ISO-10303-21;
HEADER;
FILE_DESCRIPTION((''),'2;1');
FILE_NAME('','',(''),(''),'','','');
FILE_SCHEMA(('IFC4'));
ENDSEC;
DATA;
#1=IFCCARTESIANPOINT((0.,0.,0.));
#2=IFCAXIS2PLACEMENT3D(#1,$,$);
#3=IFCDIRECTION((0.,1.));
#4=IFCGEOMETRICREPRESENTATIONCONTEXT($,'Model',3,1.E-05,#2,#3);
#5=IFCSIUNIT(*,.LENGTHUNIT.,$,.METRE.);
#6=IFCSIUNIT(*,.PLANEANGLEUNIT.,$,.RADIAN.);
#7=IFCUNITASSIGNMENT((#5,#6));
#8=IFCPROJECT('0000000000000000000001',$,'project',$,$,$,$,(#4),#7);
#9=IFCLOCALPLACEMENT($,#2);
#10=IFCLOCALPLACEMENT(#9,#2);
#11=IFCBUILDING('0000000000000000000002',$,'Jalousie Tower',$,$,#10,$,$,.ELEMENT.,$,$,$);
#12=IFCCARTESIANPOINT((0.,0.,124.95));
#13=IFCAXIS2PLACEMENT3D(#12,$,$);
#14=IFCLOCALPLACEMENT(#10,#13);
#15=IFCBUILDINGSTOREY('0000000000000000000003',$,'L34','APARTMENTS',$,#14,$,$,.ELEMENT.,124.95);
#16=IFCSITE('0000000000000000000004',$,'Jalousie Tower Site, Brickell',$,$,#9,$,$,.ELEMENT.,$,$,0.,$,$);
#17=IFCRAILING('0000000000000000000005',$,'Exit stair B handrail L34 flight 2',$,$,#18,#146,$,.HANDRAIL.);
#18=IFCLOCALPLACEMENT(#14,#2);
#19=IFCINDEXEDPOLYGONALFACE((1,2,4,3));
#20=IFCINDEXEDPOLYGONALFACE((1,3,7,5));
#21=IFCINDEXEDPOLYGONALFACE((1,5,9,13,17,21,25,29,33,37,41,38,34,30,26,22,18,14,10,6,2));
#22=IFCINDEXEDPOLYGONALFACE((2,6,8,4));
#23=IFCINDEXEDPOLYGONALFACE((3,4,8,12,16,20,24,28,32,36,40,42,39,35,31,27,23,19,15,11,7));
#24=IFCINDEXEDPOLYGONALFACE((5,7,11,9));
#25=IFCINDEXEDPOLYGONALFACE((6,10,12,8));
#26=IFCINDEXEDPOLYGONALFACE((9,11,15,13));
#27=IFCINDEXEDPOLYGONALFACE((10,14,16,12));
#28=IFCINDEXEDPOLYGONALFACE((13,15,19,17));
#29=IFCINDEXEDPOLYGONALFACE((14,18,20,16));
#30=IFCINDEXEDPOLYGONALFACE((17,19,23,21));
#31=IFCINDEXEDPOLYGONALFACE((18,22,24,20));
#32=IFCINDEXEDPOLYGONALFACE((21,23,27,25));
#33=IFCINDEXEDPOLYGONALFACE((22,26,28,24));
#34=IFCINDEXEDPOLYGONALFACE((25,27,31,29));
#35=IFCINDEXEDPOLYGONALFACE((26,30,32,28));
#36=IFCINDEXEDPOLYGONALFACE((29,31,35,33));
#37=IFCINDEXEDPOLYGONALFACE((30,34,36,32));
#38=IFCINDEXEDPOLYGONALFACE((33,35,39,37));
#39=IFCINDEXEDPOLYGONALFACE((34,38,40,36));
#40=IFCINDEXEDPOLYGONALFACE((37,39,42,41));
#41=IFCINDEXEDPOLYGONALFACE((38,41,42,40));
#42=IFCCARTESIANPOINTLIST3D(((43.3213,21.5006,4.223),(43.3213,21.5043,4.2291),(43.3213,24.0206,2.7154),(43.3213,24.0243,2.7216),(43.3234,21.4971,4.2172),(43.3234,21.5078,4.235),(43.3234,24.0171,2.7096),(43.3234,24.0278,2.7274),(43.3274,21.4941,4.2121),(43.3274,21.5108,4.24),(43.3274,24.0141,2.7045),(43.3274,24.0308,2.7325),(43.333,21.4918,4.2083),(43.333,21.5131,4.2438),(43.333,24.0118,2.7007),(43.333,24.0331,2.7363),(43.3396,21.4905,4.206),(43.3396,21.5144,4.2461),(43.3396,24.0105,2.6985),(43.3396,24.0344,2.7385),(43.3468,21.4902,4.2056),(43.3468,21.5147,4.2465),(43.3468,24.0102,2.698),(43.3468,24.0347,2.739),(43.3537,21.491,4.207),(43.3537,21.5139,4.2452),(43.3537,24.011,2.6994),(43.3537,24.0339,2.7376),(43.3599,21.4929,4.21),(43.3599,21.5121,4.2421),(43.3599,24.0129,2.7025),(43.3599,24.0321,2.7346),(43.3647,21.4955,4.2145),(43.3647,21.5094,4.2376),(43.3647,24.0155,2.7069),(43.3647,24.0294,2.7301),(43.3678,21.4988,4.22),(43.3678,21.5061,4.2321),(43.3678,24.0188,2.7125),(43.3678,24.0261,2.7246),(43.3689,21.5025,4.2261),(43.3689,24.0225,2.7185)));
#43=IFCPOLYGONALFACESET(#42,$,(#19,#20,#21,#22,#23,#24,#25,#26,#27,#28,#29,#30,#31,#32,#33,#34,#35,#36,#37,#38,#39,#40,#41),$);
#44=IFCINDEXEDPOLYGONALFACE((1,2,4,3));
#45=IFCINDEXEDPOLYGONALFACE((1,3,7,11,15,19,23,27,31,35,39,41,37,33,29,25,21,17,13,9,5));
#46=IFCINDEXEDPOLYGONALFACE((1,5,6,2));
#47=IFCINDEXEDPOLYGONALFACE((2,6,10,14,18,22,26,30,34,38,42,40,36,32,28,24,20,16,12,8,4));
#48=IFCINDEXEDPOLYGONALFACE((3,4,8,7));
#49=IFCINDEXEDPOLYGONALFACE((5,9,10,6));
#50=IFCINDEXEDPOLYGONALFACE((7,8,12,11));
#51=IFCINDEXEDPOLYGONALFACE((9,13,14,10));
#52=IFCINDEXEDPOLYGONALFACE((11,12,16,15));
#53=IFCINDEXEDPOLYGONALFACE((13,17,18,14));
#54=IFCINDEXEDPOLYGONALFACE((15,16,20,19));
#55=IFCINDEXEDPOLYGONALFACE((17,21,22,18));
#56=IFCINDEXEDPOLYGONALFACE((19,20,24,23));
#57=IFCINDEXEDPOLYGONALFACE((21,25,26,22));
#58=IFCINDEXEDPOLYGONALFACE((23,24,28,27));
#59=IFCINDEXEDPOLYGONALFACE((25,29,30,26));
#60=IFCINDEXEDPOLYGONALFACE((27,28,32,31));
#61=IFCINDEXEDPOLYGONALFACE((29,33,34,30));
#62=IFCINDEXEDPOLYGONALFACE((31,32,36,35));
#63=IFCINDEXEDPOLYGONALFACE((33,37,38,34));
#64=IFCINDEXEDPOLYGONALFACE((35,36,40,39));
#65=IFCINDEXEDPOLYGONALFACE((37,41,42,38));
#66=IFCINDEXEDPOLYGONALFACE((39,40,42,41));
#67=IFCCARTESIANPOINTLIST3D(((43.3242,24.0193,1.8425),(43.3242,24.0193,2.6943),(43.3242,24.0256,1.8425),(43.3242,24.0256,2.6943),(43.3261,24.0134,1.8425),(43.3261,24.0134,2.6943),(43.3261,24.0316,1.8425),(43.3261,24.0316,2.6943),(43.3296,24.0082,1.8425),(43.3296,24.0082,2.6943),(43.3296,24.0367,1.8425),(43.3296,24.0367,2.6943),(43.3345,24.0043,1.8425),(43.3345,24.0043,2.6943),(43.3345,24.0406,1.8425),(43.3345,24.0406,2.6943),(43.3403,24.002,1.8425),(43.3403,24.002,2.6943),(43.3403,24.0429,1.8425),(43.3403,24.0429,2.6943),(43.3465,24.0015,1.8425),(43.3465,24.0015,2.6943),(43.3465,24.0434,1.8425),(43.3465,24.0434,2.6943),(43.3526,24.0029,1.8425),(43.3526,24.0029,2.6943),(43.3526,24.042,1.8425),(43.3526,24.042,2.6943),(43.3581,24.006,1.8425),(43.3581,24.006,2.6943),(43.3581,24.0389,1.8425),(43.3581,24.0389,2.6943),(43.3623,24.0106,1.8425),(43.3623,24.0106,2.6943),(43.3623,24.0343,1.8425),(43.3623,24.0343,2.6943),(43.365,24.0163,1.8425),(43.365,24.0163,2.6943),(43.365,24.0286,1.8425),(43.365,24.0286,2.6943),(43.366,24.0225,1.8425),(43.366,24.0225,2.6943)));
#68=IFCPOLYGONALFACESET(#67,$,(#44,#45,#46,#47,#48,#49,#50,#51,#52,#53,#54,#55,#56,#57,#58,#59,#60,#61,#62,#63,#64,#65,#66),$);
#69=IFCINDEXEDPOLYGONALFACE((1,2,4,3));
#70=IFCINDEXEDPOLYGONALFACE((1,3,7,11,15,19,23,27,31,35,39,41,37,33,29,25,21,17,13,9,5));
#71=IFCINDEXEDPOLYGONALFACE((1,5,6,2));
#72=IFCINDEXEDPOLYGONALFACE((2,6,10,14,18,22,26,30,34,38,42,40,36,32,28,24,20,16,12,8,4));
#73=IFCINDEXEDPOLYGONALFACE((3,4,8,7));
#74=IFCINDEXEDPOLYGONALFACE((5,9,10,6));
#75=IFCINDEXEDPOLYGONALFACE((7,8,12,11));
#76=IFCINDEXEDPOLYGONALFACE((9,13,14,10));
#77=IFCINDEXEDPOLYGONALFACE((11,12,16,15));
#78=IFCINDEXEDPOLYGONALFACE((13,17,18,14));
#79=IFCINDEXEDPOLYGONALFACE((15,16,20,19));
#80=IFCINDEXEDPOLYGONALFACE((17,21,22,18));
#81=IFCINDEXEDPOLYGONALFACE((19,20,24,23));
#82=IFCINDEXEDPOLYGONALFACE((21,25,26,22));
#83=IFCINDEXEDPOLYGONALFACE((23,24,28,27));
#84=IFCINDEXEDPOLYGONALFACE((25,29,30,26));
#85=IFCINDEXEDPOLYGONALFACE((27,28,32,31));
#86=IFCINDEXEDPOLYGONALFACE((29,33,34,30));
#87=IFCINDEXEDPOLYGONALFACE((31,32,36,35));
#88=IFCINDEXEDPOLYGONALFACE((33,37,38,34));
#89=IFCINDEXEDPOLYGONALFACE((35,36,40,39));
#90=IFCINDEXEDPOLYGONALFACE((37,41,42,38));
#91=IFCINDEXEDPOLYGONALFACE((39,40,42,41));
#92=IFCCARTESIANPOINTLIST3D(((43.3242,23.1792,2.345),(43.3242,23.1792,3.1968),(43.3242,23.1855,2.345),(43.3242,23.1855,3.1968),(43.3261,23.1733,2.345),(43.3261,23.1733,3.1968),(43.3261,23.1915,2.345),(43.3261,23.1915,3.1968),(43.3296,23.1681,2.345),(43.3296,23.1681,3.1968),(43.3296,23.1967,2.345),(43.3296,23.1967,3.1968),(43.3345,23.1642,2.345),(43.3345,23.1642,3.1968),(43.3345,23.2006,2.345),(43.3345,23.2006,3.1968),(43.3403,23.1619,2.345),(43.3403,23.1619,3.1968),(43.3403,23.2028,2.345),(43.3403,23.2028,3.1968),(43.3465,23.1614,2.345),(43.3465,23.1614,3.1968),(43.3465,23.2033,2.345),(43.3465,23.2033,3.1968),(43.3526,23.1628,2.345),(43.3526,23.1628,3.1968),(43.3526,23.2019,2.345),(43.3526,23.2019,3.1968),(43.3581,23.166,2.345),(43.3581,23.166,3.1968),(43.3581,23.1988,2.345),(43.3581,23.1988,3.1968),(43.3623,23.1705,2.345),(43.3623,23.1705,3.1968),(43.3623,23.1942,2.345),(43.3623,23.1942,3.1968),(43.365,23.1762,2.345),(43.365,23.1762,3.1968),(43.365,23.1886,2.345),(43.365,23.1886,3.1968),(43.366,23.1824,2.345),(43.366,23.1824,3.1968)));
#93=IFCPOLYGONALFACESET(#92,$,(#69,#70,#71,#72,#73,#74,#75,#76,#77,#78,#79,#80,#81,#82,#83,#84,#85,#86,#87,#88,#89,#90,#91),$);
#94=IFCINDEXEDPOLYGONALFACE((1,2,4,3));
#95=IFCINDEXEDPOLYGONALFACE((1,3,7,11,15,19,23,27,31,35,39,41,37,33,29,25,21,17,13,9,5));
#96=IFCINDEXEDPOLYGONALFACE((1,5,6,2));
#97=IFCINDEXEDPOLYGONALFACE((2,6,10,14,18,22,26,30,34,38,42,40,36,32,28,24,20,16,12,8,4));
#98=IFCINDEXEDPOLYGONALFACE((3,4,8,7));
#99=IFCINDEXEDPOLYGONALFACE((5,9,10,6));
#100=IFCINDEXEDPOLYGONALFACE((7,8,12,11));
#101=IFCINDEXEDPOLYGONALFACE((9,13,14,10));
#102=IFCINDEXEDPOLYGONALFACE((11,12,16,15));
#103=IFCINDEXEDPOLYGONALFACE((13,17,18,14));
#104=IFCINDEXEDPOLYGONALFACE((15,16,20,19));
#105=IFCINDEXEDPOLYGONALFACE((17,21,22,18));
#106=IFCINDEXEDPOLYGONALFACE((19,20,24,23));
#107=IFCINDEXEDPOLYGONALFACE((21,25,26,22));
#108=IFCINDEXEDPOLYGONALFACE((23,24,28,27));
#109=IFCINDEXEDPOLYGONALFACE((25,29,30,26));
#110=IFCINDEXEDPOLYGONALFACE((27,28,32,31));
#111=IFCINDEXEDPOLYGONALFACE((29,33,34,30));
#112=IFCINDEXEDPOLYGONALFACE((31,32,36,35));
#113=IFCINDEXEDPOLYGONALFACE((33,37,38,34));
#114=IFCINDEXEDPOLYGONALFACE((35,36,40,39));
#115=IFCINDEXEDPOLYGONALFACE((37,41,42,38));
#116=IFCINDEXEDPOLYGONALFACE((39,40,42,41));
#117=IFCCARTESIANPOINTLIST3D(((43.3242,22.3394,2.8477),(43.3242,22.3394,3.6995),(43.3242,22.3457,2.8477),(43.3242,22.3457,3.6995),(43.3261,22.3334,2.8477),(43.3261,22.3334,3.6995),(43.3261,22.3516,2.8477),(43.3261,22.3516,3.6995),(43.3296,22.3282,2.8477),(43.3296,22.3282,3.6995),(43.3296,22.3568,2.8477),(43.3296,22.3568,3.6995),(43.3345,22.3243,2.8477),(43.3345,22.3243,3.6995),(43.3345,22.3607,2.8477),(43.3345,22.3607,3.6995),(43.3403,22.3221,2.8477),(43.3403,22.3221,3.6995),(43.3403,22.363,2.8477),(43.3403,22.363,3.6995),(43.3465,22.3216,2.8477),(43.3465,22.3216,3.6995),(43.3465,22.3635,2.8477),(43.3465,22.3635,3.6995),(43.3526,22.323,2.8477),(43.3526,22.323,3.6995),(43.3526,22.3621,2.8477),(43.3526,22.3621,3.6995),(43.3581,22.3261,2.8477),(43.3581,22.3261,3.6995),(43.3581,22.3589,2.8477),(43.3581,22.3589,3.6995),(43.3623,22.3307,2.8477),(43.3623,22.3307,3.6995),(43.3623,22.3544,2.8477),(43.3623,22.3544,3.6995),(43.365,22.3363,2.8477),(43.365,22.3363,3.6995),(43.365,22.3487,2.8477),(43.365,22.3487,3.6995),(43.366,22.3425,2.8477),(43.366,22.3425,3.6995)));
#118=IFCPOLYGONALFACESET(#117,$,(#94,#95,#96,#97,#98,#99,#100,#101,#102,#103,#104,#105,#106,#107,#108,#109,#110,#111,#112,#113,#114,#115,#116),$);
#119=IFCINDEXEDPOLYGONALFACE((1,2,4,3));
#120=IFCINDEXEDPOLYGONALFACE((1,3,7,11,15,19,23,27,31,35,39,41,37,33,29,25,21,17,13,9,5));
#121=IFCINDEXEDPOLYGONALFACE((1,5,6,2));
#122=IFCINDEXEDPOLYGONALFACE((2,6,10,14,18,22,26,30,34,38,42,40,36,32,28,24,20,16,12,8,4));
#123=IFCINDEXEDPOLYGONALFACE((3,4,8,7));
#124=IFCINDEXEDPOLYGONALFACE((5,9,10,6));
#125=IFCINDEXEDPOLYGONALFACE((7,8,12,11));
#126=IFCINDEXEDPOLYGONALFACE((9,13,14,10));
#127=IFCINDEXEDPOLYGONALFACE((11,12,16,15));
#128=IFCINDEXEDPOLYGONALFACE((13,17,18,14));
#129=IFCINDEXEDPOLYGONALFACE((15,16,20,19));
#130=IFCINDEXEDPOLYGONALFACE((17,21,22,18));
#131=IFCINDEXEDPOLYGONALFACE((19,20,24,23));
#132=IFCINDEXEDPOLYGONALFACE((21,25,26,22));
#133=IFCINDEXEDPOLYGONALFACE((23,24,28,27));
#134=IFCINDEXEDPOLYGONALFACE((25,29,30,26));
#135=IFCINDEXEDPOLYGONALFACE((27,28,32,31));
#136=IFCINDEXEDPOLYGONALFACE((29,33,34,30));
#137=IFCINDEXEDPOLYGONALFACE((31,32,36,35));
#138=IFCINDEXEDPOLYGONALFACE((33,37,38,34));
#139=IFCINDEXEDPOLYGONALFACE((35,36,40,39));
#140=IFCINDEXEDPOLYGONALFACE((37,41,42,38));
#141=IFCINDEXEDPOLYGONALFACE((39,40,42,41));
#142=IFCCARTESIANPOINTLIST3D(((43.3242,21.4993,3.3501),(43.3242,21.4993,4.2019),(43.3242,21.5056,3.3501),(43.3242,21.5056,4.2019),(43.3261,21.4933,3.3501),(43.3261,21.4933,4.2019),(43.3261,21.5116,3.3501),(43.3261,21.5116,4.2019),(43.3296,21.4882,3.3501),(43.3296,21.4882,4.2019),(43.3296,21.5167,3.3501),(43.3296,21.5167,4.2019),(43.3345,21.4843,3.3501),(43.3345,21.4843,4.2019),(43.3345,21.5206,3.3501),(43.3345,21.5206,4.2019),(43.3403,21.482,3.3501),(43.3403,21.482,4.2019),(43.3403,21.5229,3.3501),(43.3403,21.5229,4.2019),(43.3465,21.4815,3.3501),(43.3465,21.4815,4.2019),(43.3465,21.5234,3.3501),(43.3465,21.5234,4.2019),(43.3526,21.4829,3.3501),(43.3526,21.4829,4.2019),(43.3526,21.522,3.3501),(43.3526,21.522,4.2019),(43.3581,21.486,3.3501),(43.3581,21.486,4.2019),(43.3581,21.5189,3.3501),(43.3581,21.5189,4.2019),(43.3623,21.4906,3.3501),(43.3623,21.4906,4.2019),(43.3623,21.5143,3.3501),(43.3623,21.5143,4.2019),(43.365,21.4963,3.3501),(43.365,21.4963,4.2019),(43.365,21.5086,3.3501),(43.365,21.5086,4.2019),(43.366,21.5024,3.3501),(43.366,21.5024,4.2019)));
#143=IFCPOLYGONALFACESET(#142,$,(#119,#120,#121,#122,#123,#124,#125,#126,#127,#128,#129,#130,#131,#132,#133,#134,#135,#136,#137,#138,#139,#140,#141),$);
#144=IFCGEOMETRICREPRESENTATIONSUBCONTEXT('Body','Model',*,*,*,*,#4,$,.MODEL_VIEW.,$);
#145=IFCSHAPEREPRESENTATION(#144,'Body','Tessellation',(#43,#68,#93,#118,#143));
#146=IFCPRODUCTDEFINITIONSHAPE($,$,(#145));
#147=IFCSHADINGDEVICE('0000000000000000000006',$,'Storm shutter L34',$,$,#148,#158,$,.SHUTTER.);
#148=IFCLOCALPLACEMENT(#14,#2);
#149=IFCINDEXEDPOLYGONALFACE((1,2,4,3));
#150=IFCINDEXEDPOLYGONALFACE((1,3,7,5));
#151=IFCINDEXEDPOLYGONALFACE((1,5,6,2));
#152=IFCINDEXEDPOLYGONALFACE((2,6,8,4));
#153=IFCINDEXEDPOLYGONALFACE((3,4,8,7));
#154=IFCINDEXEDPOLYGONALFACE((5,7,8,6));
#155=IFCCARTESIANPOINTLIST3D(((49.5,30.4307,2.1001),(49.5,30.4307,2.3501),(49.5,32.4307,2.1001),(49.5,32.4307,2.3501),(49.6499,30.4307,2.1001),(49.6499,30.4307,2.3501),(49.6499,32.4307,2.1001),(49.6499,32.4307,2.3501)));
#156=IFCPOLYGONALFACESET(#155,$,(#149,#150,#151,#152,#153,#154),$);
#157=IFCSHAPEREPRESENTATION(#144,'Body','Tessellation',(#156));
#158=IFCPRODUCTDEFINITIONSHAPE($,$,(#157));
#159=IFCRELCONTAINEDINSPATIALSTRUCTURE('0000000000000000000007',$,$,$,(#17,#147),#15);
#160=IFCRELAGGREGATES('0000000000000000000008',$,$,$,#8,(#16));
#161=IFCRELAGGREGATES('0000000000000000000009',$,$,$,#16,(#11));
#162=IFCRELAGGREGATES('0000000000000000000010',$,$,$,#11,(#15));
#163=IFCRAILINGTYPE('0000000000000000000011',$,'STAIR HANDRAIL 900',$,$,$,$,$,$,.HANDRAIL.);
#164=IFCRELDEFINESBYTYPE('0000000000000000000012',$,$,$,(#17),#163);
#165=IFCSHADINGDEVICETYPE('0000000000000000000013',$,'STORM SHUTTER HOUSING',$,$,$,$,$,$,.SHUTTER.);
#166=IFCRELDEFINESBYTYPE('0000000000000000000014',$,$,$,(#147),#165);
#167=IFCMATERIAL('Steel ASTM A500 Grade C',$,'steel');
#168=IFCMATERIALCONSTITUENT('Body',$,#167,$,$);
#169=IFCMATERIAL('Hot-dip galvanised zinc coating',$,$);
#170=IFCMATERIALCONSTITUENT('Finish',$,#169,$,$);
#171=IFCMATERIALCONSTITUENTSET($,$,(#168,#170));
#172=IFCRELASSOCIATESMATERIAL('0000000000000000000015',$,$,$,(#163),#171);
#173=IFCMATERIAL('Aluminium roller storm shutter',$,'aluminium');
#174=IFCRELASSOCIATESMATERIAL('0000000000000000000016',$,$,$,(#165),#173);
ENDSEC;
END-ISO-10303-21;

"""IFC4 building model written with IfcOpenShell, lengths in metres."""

from ifc_helpers import new_model, si_unit, direction, frame, origin, origin_2d, place, context, subcontext, project, spatial, rectangle, circle, extrude, material, constituent, constituent_set, type_object, element, save


model = new_model("IFC4")

# Units and contexts
model_context = context("Model", 3, precision=1e-05, world=origin(), true_north=direction((0.0, 1.0)))
body_context = subcontext(model_context, "Body", "Model", "MODEL_VIEW")
ifc_project = project(units=[si_unit("LENGTHUNIT", "METRE"), si_unit("PLANEANGLEUNIT", "RADIAN")], contexts=[model_context])

# Site, building, storey
site_placement = place(None, origin())
site = spatial("IfcSite", under=ifc_project, at=site_placement, Name="Jalousie Tower Site, Brickell", CompositionType="ELEMENT", RefElevation=0.0)
building_placement = place(site_placement, origin())
building = spatial("IfcBuilding", under=site, at=building_placement, Name="Jalousie Tower", CompositionType="ELEMENT")
storey_placement = place(building_placement, frame((0.0, 0.0, 124.95)))
storey = spatial("IfcBuildingStorey", under=building, at=storey_placement, Name="L34", Description="APARTMENTS", CompositionType="ELEMENT", Elevation=124.95)

# Railing
ifc_material_1 = material(Name="Steel ASTM A500 Grade C", Category="steel")
ifc_constituent_1 = constituent(ifc_material_1, Name="Body")
ifc_material_2 = material(Name="Hot-dip galvanised zinc coating")
ifc_constituent_2 = constituent(ifc_material_2, Name="Finish")
ifc_constituent_set_1 = constituent_set(constituents=[ifc_constituent_1, ifc_constituent_2])
railing_type_1 = type_object("IfcRailingType", Name="STAIR HANDRAIL 900", PredefinedType="HANDRAIL", material=ifc_constituent_set_1)
railing_1_placement = place(storey_placement, frame((43.345, 24.0225, 1.8425)))
element("IfcRailing", 1, at=railing_1_placement, inside=storey, type_object=railing_type_1, Name="Exit stair B handrail L34 flight 2", PredefinedType="HANDRAIL", context=body_context, shape_type="SweptSolid", body=[
    extrude(circle(Radius=0.0239, at=origin_2d()), frame((0.0, 0.0, 0.876), z_axis=(0.0, -0.85816, 0.513383), x_axis=(1.0, 0.0, 0.0)), (0.0, 0.0, 1.0), 2.9365),
    extrude(circle(Radius=0.021, at=origin_2d()), origin(), (0.0, 0.0, 1.0), 0.8518),
    extrude(circle(Radius=0.021, at=origin_2d()), frame((0.0, -0.8401, 0.5024)), (0.0, 0.0, 1.0), 0.8518),
    extrude(circle(Radius=0.021, at=origin_2d()), frame((0.0, -1.6799, 1.0051)), (0.0, 0.0, 1.0), 0.8518),
    extrude(circle(Radius=0.021, at=origin_2d()), frame((0.0, -2.52, 1.5076)), (0.0, 0.0, 1.0), 0.8518),
])

# Shading device
ifc_material_3 = material(Name="Aluminium roller storm shutter", Category="aluminium")
shading_device_type = type_object("IfcShadingDeviceType", Name="STORM SHUTTER HOUSING", PredefinedType="SHUTTER", material=ifc_material_3)
shading_device_placement = place(storey_placement, frame((49.575, 31.4307, 2.1001), z_axis=(0.0, 0.0, 1.0), x_axis=(0.0, 1.0, 0.0)))
element("IfcShadingDevice", 2, at=shading_device_placement, inside=storey, type_object=shading_device_type, Name="Storm shutter L34", PredefinedType="SHUTTER", context=body_context, shape_type="SweptSolid", body=[
    extrude(rectangle(XDim=2.0, YDim=0.1499, at=origin_2d()), origin(), (0.0, 0.0, 1.0), 0.25),
])

save(model, "model.ifc")
